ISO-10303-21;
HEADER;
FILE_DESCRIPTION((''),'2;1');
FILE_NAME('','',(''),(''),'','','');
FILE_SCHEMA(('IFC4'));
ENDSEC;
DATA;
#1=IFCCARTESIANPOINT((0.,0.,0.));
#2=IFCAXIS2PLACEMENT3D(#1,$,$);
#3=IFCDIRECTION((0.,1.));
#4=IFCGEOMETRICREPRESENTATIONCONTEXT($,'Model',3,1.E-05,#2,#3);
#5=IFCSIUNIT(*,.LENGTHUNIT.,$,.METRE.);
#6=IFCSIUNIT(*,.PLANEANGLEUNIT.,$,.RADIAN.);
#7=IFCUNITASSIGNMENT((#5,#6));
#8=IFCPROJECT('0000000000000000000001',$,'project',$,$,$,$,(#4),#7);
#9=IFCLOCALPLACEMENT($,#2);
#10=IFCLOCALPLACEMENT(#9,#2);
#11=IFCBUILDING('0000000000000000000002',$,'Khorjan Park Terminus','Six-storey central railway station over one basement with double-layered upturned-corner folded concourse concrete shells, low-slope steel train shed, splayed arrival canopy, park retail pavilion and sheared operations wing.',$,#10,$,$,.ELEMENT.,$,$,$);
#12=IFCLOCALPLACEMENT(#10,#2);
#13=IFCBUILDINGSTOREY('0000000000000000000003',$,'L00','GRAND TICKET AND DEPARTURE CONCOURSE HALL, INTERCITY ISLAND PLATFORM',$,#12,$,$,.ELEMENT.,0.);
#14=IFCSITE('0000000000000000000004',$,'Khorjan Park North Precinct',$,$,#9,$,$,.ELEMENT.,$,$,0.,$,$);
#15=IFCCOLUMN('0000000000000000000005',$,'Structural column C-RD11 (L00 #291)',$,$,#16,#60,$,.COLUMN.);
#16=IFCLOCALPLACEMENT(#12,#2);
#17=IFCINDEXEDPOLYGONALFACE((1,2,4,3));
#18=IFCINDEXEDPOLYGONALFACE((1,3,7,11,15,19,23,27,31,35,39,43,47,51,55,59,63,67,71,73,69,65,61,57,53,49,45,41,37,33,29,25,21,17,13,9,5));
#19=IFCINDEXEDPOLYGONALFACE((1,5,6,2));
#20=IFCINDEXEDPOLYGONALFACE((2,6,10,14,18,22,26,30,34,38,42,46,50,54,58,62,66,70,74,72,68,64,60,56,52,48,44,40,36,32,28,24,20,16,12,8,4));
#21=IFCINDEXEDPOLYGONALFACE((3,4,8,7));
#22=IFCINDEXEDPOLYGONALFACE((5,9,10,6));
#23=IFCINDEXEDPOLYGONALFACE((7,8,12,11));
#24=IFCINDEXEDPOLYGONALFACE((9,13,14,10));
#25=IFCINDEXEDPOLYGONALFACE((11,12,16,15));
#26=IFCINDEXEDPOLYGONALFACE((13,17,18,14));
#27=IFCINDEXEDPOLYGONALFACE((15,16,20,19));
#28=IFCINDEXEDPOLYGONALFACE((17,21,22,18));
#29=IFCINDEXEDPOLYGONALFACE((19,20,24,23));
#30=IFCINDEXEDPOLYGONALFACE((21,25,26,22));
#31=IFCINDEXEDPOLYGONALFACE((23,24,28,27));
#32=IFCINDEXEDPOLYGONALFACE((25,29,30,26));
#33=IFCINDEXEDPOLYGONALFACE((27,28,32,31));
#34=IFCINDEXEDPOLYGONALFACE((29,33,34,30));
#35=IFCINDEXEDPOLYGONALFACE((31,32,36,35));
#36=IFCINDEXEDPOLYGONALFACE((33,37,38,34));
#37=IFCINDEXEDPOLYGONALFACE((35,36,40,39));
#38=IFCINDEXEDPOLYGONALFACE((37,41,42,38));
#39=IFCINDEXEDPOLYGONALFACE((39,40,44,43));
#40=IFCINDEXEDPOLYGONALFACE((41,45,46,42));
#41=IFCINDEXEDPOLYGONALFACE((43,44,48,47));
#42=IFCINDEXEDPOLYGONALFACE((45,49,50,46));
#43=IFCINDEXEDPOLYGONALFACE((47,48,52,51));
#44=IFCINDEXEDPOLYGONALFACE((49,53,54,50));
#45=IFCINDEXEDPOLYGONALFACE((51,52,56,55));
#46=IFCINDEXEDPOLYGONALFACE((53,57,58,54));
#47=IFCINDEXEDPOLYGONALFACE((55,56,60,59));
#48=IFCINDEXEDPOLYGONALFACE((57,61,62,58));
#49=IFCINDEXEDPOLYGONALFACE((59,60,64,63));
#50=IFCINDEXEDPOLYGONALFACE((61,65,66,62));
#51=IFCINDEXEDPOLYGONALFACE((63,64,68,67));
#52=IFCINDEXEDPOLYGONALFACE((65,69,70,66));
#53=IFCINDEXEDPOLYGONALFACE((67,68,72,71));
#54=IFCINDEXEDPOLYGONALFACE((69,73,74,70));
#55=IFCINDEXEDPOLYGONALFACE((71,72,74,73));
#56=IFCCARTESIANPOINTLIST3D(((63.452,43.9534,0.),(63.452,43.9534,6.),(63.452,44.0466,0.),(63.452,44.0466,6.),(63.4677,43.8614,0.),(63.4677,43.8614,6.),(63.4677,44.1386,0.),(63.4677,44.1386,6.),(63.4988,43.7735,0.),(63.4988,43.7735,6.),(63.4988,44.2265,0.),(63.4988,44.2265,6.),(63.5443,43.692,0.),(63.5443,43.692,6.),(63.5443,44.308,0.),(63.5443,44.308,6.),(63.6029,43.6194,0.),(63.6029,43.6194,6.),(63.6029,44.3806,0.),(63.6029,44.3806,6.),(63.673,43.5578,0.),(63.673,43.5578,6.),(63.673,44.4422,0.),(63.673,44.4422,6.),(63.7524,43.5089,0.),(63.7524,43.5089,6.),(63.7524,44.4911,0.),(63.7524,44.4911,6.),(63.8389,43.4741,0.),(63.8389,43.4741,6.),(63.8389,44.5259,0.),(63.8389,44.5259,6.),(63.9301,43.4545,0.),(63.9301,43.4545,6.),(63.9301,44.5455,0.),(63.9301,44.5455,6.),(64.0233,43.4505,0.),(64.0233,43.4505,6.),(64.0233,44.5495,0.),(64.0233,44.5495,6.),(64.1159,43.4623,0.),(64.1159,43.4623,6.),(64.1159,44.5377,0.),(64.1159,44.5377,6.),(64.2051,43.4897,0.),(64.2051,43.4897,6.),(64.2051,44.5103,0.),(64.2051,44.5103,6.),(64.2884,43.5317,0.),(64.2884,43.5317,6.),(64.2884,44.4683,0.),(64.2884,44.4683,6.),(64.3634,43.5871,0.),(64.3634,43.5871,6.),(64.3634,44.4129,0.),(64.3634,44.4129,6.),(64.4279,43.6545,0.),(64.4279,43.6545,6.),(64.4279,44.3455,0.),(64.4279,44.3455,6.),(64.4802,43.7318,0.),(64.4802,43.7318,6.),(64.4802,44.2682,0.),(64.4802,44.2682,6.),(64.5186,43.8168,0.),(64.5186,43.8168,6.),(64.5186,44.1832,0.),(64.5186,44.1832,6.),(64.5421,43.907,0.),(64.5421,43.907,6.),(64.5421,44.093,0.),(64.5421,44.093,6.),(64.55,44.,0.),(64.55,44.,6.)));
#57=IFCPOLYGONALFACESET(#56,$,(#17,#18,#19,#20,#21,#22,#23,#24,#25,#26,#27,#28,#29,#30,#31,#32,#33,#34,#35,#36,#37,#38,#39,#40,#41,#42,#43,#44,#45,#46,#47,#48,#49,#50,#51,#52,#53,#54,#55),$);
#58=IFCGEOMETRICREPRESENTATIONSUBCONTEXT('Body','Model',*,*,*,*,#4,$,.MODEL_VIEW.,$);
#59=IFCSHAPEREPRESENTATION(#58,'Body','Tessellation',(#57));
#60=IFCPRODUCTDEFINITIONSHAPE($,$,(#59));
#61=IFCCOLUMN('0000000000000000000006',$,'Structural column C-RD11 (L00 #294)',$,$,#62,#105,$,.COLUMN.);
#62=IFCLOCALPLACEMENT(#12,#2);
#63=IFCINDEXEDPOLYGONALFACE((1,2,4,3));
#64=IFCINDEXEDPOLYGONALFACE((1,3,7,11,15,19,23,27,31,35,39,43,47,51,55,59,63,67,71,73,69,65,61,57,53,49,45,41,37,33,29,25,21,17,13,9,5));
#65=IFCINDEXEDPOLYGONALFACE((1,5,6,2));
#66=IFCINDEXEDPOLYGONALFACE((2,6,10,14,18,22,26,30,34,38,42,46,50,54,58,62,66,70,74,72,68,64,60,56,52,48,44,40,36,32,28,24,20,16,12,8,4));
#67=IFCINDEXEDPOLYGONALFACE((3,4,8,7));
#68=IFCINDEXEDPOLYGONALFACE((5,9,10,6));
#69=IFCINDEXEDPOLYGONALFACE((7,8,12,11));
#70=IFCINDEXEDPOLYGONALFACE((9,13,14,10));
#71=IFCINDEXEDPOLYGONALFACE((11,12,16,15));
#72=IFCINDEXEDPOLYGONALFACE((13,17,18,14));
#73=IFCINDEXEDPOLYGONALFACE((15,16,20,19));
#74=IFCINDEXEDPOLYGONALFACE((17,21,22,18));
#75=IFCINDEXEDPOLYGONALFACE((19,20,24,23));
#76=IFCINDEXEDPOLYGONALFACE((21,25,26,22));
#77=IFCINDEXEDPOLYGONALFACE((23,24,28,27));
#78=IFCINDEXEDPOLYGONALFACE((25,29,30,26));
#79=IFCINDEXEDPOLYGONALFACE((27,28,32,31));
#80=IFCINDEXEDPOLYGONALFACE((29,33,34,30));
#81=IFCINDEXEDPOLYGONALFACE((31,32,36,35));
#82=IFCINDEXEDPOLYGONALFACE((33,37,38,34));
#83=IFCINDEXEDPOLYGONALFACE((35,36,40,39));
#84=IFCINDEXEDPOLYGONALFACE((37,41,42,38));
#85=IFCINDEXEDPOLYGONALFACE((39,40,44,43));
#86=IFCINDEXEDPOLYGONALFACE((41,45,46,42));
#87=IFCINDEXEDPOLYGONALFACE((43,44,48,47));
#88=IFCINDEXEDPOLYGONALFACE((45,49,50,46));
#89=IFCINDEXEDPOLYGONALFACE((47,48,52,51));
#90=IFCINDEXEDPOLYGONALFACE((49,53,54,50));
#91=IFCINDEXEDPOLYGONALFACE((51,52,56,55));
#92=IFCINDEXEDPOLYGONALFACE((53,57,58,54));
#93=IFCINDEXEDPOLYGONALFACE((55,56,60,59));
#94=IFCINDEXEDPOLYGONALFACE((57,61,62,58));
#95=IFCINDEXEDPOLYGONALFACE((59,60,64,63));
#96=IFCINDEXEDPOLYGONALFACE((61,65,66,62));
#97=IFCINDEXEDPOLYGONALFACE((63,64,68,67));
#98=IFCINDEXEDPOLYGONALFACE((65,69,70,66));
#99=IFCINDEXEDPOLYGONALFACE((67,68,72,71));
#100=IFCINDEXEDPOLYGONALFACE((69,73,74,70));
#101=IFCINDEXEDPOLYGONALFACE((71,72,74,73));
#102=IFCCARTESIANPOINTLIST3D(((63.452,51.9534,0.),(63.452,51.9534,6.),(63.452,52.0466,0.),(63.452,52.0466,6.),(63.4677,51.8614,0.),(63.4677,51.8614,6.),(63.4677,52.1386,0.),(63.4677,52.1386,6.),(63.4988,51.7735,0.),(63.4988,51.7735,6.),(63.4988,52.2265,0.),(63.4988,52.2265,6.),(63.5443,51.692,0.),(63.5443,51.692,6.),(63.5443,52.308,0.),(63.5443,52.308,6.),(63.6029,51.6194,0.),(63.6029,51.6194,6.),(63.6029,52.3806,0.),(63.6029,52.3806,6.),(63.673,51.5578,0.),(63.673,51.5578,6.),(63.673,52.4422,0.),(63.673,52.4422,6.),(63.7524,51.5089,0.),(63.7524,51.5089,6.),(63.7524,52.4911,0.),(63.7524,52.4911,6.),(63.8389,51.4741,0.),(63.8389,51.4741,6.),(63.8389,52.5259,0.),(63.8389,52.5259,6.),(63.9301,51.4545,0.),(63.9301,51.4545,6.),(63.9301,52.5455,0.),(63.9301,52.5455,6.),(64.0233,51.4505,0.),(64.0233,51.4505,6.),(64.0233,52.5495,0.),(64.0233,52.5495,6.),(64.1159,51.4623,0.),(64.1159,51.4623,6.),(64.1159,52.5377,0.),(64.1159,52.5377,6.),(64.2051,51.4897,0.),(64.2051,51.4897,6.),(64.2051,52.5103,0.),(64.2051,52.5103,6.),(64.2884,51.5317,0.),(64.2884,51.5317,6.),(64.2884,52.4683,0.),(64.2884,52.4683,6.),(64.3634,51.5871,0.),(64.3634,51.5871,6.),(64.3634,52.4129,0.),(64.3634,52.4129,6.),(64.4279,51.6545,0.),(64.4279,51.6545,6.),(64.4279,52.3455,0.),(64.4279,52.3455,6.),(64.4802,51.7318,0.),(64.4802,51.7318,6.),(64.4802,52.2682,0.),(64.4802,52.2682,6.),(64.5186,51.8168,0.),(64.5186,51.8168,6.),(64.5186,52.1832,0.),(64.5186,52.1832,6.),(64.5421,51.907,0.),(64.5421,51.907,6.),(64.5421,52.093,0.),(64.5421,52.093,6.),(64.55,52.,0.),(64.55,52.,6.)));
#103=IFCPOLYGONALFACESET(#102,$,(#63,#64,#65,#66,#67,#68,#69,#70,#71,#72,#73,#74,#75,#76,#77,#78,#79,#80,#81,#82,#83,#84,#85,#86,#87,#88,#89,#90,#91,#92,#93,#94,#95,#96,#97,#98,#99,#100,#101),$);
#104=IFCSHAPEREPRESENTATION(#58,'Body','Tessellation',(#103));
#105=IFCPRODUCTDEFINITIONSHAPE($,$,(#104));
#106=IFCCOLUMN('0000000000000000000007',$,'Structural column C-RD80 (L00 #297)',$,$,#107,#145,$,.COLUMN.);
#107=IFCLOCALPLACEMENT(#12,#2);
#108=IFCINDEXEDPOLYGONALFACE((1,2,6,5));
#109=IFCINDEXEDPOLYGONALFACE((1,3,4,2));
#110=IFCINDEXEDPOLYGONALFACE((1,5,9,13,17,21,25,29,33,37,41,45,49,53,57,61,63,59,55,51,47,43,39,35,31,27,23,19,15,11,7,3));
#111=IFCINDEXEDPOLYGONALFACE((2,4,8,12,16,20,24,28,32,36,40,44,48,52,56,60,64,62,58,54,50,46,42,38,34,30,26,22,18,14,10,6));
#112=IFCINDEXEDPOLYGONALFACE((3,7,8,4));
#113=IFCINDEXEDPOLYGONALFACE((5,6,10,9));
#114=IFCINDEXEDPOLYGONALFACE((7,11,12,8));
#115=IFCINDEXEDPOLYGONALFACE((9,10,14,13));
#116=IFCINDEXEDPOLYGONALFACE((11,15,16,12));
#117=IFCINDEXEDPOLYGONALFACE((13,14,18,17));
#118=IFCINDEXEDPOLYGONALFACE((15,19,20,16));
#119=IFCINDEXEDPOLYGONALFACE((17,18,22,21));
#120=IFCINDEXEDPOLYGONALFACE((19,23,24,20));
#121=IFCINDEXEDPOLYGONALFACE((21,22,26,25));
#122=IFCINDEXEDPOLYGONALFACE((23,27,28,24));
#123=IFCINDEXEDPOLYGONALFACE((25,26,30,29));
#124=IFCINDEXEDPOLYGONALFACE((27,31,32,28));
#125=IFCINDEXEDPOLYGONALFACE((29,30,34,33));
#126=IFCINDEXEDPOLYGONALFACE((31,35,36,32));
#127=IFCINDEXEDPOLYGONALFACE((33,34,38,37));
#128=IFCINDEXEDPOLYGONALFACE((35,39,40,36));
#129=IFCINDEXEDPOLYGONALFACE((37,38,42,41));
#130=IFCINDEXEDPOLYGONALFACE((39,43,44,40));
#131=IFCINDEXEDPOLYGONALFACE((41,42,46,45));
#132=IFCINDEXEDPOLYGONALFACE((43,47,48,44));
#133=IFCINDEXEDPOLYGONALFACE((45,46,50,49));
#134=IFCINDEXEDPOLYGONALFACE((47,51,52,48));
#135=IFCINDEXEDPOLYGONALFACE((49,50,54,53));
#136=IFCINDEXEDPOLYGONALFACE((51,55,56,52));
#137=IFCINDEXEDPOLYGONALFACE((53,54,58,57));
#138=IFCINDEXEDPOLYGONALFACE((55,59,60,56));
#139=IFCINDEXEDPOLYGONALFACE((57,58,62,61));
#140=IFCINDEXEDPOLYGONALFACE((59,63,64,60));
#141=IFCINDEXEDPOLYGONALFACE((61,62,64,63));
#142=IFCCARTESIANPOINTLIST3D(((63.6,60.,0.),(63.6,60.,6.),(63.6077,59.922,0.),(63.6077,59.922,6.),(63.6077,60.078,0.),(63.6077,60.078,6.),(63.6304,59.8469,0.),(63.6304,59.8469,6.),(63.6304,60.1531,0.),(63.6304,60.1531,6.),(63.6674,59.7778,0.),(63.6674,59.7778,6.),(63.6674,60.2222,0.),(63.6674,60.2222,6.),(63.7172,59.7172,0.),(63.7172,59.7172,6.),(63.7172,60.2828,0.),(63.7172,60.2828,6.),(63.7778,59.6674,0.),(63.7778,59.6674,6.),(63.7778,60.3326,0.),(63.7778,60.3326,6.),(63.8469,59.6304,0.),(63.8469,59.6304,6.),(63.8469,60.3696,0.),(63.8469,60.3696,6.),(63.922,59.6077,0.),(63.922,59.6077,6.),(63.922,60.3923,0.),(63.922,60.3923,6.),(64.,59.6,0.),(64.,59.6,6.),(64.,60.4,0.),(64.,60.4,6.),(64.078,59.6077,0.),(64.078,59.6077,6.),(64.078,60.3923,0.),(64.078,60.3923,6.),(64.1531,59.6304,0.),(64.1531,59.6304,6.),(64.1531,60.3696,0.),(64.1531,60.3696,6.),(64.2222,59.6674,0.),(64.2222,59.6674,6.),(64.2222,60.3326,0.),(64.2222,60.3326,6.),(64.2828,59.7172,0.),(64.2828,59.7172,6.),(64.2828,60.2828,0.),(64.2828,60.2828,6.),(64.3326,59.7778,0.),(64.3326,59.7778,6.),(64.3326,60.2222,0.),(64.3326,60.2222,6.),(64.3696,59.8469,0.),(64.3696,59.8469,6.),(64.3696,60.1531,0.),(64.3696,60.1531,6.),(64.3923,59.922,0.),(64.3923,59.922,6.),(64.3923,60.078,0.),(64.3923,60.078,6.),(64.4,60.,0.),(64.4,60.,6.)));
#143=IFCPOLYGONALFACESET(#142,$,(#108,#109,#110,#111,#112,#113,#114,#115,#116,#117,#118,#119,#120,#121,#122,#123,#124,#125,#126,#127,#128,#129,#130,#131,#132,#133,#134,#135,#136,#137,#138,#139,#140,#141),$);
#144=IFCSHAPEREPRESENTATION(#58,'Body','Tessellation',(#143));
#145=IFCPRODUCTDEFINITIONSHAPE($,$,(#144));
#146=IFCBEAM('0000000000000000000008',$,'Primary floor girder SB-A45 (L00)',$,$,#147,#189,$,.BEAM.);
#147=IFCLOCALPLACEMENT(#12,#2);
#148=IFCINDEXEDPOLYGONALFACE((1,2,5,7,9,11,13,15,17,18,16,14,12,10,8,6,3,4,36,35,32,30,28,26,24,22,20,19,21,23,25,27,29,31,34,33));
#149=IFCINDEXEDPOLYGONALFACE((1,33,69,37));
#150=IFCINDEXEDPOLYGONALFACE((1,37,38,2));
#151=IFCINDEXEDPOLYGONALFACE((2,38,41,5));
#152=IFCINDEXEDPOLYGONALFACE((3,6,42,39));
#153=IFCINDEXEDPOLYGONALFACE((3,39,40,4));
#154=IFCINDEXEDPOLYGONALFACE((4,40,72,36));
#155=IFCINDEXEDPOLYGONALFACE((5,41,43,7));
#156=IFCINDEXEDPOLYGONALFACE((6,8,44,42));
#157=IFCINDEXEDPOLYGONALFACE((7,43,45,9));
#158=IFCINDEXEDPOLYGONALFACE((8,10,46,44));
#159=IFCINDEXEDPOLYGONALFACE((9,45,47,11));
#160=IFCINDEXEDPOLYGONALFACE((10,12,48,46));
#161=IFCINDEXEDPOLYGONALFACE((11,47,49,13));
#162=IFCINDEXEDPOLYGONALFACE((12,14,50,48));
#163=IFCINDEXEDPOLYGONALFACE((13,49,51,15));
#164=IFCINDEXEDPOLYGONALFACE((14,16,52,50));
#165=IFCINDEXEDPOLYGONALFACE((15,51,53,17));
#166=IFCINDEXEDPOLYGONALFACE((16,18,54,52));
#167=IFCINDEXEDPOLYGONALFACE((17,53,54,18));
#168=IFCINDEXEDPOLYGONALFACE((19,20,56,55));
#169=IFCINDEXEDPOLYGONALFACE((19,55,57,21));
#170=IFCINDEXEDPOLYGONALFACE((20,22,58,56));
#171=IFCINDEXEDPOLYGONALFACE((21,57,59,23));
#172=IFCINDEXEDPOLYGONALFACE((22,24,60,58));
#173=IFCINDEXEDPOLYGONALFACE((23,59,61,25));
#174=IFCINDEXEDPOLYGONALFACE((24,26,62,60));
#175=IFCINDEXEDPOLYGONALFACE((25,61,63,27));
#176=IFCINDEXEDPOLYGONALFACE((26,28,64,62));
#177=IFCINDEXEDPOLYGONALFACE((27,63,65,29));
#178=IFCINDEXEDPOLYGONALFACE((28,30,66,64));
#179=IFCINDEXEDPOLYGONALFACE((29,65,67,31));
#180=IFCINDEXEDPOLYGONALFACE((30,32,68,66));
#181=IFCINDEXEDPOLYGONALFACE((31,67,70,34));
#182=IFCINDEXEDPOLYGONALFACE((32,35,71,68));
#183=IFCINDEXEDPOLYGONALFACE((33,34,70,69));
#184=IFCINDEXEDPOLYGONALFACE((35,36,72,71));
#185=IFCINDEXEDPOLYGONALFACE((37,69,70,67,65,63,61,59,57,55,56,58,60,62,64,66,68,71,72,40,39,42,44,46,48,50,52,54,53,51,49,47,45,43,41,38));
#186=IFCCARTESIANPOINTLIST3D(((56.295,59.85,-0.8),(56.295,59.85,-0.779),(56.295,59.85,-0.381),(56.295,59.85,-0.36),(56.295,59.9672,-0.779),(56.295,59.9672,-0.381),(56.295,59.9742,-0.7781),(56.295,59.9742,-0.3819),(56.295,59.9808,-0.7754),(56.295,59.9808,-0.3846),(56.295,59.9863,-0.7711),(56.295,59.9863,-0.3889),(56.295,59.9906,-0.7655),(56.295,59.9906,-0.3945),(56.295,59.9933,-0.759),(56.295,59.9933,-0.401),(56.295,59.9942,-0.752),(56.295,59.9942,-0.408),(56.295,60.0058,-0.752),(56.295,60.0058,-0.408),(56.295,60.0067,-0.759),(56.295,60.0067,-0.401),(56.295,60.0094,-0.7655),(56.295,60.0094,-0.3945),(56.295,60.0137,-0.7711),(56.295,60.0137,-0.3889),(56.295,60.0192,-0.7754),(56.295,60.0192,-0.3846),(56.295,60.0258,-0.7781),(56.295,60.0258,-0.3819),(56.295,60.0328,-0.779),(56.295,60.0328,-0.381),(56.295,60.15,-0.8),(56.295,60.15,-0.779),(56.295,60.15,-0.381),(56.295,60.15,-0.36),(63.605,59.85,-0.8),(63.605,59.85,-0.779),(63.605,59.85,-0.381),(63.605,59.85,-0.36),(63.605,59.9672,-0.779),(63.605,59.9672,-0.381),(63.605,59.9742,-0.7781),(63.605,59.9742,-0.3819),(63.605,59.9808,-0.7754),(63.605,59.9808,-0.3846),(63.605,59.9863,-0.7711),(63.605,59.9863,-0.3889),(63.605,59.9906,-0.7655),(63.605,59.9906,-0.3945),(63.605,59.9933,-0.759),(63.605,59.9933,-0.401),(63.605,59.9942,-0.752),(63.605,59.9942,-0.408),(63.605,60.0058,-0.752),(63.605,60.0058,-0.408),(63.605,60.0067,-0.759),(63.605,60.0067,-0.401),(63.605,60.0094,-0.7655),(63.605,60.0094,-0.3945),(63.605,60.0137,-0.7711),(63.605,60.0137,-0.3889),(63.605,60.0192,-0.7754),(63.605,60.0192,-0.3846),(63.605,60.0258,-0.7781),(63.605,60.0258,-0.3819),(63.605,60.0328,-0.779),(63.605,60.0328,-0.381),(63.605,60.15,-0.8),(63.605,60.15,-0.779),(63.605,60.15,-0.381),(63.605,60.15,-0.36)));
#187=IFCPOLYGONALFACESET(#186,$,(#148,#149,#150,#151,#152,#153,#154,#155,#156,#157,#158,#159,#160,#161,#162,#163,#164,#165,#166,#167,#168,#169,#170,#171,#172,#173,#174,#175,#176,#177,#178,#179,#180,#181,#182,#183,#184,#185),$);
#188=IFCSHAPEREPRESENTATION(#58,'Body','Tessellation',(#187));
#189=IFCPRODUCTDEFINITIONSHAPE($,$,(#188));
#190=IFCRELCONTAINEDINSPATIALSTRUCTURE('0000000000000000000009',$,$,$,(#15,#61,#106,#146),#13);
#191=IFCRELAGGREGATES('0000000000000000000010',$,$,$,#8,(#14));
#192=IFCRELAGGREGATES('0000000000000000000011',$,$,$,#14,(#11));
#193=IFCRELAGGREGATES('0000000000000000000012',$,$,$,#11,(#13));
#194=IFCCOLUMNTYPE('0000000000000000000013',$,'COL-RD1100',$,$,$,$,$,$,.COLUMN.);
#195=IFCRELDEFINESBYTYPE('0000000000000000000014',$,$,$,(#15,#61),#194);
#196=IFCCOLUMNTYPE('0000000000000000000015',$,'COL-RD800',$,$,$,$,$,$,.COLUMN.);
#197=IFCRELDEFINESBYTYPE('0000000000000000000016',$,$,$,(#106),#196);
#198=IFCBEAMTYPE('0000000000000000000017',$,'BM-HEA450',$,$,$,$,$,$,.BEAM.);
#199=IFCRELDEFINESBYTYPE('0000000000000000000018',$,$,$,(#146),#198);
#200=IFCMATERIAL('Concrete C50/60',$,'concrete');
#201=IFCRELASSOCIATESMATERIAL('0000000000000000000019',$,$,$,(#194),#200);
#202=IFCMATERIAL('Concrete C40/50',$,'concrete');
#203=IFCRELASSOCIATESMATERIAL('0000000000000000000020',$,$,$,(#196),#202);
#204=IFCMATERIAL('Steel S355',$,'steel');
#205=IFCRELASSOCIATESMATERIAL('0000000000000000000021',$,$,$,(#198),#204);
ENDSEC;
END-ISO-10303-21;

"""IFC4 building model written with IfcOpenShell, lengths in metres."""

from ifc_helpers import new_model, si_unit, direction, frame, origin, origin_2d, place, context, subcontext, project, spatial, circle, i_section, extrude, material, material_profile, profile_set, type_object, element, save


model = new_model("IFC4")

# Units and contexts
model_context = context("Model", 3, precision=1e-05, world=origin(), true_north=direction((0.0, 1.0)))
body_context = subcontext(model_context, "Body", "Model", "MODEL_VIEW")
ifc_project = project(units=[si_unit("LENGTHUNIT", "METRE"), si_unit("PLANEANGLEUNIT", "RADIAN")], contexts=[model_context])

# Site, building, storey
site_placement = place(None, origin())
site = spatial("IfcSite", under=ifc_project, at=site_placement, Name="Khorjan Park North Precinct", CompositionType="ELEMENT", RefElevation=0.0)
building_placement = place(site_placement, origin())
building = spatial("IfcBuilding", under=site, at=building_placement, Name="Khorjan Park Terminus", Description="Six-storey central railway station over one basement with double-layered upturned-corner folded concourse concrete shells, low-slope steel train shed, splayed arrival canopy, park retail pavilion and sheared operations wing.", CompositionType="ELEMENT")
storey_placement = place(building_placement, origin())
storey = spatial("IfcBuildingStorey", under=building, at=storey_placement, Name="L00", Description="GRAND TICKET AND DEPARTURE CONCOURSE HALL, INTERCITY ISLAND PLATFORM", CompositionType="ELEMENT", Elevation=0.0)

# Columns
ifc_material_1 = material(Name="Concrete C50/60", Category="concrete")
ifc_material_profile_1 = material_profile(ifc_material_1, circle(Radius=0.55, at=origin_2d()), Name="RC D1100")
ifc_profile_set_1 = profile_set([ifc_material_profile_1], Name="Concrete C50/60")
column_type_1 = type_object("IfcColumnType", Name="COL-RD1100", PredefinedType="COLUMN", material=ifc_profile_set_1)
for number, where, z_axis, x_axis, name in (
    (1, (64.0, 44.0, 0.0), (0.0, 0.0, 1.0), (1.0, 0.0, 0.0), "Structural column C-RD11 (L00 #291)"),
    (2, (64.0, 52.0, 0.0), (0.0, 0.0, 1.0), (1.0, 0.0, 0.0), "Structural column C-RD11 (L00 #294)"),
):
    element("IfcColumn", number, at=place(storey_placement, frame(where, z_axis=z_axis, x_axis=x_axis)), inside=storey, type_object=column_type_1, Name=name, PredefinedType="COLUMN", context=body_context, shape_type="SweptSolid", body=[
        extrude(circle(Radius=0.55, at=origin_2d()), origin(), (0.0, 0.0, 1.0), 6.0),
    ])
ifc_material_2 = material(Name="Concrete C40/50", Category="concrete")
ifc_material_profile_2 = material_profile(ifc_material_2, circle(Radius=0.4, at=origin_2d()), Name="RC D800")
ifc_profile_set_2 = profile_set([ifc_material_profile_2], Name="Concrete C40/50")
column_type_2 = type_object("IfcColumnType", Name="COL-RD800", PredefinedType="COLUMN", material=ifc_profile_set_2)
column_placement = place(storey_placement, frame((64.0, 60.0, 0.0), z_axis=(0.0, 0.0, 1.0), x_axis=(1.0, 0.0, 0.0)))
element("IfcColumn", 3, at=column_placement, inside=storey, type_object=column_type_2, Name="Structural column C-RD80 (L00 #297)", PredefinedType="COLUMN", context=body_context, shape_type="SweptSolid", body=[
    extrude(circle(Radius=0.4, at=origin_2d()), origin(), (0.0, 0.0, 1.0), 6.0),
])

# Beam
ifc_material_3 = material(Name="Steel S355", Category="steel")
ifc_material_profile_3 = material_profile(ifc_material_3, i_section(OverallWidth=0.3, OverallDepth=0.44, WebThickness=0.0115, FlangeThickness=0.021, FilletRadius=0.027, at=origin_2d()), Name="HEA 450")
ifc_profile_set_3 = profile_set([ifc_material_profile_3], Name="Steel S355")
beam_type_1 = type_object("IfcBeamType", Name="BM-HEA450", PredefinedType="BEAM", material=ifc_profile_set_3)
beam_1_placement = place(storey_placement, frame((56.295, 60.0, -0.58), z_axis=(1.0, 0.0, 0.0), x_axis=(0.0, 1.0, 0.0)))
element("IfcBeam", 4, at=beam_1_placement, inside=storey, type_object=beam_type_1, Name="Primary floor girder SB-A45 (L00)", PredefinedType="BEAM", context=body_context, shape_type="SweptSolid", body=[
    extrude(i_section(OverallWidth=0.3, OverallDepth=0.44, WebThickness=0.0115, FlangeThickness=0.021, FilletRadius=0.027, at=origin_2d()), origin(), (0.0, 0.0, 1.0), 7.31),
])

save(model, "model.ifc")
